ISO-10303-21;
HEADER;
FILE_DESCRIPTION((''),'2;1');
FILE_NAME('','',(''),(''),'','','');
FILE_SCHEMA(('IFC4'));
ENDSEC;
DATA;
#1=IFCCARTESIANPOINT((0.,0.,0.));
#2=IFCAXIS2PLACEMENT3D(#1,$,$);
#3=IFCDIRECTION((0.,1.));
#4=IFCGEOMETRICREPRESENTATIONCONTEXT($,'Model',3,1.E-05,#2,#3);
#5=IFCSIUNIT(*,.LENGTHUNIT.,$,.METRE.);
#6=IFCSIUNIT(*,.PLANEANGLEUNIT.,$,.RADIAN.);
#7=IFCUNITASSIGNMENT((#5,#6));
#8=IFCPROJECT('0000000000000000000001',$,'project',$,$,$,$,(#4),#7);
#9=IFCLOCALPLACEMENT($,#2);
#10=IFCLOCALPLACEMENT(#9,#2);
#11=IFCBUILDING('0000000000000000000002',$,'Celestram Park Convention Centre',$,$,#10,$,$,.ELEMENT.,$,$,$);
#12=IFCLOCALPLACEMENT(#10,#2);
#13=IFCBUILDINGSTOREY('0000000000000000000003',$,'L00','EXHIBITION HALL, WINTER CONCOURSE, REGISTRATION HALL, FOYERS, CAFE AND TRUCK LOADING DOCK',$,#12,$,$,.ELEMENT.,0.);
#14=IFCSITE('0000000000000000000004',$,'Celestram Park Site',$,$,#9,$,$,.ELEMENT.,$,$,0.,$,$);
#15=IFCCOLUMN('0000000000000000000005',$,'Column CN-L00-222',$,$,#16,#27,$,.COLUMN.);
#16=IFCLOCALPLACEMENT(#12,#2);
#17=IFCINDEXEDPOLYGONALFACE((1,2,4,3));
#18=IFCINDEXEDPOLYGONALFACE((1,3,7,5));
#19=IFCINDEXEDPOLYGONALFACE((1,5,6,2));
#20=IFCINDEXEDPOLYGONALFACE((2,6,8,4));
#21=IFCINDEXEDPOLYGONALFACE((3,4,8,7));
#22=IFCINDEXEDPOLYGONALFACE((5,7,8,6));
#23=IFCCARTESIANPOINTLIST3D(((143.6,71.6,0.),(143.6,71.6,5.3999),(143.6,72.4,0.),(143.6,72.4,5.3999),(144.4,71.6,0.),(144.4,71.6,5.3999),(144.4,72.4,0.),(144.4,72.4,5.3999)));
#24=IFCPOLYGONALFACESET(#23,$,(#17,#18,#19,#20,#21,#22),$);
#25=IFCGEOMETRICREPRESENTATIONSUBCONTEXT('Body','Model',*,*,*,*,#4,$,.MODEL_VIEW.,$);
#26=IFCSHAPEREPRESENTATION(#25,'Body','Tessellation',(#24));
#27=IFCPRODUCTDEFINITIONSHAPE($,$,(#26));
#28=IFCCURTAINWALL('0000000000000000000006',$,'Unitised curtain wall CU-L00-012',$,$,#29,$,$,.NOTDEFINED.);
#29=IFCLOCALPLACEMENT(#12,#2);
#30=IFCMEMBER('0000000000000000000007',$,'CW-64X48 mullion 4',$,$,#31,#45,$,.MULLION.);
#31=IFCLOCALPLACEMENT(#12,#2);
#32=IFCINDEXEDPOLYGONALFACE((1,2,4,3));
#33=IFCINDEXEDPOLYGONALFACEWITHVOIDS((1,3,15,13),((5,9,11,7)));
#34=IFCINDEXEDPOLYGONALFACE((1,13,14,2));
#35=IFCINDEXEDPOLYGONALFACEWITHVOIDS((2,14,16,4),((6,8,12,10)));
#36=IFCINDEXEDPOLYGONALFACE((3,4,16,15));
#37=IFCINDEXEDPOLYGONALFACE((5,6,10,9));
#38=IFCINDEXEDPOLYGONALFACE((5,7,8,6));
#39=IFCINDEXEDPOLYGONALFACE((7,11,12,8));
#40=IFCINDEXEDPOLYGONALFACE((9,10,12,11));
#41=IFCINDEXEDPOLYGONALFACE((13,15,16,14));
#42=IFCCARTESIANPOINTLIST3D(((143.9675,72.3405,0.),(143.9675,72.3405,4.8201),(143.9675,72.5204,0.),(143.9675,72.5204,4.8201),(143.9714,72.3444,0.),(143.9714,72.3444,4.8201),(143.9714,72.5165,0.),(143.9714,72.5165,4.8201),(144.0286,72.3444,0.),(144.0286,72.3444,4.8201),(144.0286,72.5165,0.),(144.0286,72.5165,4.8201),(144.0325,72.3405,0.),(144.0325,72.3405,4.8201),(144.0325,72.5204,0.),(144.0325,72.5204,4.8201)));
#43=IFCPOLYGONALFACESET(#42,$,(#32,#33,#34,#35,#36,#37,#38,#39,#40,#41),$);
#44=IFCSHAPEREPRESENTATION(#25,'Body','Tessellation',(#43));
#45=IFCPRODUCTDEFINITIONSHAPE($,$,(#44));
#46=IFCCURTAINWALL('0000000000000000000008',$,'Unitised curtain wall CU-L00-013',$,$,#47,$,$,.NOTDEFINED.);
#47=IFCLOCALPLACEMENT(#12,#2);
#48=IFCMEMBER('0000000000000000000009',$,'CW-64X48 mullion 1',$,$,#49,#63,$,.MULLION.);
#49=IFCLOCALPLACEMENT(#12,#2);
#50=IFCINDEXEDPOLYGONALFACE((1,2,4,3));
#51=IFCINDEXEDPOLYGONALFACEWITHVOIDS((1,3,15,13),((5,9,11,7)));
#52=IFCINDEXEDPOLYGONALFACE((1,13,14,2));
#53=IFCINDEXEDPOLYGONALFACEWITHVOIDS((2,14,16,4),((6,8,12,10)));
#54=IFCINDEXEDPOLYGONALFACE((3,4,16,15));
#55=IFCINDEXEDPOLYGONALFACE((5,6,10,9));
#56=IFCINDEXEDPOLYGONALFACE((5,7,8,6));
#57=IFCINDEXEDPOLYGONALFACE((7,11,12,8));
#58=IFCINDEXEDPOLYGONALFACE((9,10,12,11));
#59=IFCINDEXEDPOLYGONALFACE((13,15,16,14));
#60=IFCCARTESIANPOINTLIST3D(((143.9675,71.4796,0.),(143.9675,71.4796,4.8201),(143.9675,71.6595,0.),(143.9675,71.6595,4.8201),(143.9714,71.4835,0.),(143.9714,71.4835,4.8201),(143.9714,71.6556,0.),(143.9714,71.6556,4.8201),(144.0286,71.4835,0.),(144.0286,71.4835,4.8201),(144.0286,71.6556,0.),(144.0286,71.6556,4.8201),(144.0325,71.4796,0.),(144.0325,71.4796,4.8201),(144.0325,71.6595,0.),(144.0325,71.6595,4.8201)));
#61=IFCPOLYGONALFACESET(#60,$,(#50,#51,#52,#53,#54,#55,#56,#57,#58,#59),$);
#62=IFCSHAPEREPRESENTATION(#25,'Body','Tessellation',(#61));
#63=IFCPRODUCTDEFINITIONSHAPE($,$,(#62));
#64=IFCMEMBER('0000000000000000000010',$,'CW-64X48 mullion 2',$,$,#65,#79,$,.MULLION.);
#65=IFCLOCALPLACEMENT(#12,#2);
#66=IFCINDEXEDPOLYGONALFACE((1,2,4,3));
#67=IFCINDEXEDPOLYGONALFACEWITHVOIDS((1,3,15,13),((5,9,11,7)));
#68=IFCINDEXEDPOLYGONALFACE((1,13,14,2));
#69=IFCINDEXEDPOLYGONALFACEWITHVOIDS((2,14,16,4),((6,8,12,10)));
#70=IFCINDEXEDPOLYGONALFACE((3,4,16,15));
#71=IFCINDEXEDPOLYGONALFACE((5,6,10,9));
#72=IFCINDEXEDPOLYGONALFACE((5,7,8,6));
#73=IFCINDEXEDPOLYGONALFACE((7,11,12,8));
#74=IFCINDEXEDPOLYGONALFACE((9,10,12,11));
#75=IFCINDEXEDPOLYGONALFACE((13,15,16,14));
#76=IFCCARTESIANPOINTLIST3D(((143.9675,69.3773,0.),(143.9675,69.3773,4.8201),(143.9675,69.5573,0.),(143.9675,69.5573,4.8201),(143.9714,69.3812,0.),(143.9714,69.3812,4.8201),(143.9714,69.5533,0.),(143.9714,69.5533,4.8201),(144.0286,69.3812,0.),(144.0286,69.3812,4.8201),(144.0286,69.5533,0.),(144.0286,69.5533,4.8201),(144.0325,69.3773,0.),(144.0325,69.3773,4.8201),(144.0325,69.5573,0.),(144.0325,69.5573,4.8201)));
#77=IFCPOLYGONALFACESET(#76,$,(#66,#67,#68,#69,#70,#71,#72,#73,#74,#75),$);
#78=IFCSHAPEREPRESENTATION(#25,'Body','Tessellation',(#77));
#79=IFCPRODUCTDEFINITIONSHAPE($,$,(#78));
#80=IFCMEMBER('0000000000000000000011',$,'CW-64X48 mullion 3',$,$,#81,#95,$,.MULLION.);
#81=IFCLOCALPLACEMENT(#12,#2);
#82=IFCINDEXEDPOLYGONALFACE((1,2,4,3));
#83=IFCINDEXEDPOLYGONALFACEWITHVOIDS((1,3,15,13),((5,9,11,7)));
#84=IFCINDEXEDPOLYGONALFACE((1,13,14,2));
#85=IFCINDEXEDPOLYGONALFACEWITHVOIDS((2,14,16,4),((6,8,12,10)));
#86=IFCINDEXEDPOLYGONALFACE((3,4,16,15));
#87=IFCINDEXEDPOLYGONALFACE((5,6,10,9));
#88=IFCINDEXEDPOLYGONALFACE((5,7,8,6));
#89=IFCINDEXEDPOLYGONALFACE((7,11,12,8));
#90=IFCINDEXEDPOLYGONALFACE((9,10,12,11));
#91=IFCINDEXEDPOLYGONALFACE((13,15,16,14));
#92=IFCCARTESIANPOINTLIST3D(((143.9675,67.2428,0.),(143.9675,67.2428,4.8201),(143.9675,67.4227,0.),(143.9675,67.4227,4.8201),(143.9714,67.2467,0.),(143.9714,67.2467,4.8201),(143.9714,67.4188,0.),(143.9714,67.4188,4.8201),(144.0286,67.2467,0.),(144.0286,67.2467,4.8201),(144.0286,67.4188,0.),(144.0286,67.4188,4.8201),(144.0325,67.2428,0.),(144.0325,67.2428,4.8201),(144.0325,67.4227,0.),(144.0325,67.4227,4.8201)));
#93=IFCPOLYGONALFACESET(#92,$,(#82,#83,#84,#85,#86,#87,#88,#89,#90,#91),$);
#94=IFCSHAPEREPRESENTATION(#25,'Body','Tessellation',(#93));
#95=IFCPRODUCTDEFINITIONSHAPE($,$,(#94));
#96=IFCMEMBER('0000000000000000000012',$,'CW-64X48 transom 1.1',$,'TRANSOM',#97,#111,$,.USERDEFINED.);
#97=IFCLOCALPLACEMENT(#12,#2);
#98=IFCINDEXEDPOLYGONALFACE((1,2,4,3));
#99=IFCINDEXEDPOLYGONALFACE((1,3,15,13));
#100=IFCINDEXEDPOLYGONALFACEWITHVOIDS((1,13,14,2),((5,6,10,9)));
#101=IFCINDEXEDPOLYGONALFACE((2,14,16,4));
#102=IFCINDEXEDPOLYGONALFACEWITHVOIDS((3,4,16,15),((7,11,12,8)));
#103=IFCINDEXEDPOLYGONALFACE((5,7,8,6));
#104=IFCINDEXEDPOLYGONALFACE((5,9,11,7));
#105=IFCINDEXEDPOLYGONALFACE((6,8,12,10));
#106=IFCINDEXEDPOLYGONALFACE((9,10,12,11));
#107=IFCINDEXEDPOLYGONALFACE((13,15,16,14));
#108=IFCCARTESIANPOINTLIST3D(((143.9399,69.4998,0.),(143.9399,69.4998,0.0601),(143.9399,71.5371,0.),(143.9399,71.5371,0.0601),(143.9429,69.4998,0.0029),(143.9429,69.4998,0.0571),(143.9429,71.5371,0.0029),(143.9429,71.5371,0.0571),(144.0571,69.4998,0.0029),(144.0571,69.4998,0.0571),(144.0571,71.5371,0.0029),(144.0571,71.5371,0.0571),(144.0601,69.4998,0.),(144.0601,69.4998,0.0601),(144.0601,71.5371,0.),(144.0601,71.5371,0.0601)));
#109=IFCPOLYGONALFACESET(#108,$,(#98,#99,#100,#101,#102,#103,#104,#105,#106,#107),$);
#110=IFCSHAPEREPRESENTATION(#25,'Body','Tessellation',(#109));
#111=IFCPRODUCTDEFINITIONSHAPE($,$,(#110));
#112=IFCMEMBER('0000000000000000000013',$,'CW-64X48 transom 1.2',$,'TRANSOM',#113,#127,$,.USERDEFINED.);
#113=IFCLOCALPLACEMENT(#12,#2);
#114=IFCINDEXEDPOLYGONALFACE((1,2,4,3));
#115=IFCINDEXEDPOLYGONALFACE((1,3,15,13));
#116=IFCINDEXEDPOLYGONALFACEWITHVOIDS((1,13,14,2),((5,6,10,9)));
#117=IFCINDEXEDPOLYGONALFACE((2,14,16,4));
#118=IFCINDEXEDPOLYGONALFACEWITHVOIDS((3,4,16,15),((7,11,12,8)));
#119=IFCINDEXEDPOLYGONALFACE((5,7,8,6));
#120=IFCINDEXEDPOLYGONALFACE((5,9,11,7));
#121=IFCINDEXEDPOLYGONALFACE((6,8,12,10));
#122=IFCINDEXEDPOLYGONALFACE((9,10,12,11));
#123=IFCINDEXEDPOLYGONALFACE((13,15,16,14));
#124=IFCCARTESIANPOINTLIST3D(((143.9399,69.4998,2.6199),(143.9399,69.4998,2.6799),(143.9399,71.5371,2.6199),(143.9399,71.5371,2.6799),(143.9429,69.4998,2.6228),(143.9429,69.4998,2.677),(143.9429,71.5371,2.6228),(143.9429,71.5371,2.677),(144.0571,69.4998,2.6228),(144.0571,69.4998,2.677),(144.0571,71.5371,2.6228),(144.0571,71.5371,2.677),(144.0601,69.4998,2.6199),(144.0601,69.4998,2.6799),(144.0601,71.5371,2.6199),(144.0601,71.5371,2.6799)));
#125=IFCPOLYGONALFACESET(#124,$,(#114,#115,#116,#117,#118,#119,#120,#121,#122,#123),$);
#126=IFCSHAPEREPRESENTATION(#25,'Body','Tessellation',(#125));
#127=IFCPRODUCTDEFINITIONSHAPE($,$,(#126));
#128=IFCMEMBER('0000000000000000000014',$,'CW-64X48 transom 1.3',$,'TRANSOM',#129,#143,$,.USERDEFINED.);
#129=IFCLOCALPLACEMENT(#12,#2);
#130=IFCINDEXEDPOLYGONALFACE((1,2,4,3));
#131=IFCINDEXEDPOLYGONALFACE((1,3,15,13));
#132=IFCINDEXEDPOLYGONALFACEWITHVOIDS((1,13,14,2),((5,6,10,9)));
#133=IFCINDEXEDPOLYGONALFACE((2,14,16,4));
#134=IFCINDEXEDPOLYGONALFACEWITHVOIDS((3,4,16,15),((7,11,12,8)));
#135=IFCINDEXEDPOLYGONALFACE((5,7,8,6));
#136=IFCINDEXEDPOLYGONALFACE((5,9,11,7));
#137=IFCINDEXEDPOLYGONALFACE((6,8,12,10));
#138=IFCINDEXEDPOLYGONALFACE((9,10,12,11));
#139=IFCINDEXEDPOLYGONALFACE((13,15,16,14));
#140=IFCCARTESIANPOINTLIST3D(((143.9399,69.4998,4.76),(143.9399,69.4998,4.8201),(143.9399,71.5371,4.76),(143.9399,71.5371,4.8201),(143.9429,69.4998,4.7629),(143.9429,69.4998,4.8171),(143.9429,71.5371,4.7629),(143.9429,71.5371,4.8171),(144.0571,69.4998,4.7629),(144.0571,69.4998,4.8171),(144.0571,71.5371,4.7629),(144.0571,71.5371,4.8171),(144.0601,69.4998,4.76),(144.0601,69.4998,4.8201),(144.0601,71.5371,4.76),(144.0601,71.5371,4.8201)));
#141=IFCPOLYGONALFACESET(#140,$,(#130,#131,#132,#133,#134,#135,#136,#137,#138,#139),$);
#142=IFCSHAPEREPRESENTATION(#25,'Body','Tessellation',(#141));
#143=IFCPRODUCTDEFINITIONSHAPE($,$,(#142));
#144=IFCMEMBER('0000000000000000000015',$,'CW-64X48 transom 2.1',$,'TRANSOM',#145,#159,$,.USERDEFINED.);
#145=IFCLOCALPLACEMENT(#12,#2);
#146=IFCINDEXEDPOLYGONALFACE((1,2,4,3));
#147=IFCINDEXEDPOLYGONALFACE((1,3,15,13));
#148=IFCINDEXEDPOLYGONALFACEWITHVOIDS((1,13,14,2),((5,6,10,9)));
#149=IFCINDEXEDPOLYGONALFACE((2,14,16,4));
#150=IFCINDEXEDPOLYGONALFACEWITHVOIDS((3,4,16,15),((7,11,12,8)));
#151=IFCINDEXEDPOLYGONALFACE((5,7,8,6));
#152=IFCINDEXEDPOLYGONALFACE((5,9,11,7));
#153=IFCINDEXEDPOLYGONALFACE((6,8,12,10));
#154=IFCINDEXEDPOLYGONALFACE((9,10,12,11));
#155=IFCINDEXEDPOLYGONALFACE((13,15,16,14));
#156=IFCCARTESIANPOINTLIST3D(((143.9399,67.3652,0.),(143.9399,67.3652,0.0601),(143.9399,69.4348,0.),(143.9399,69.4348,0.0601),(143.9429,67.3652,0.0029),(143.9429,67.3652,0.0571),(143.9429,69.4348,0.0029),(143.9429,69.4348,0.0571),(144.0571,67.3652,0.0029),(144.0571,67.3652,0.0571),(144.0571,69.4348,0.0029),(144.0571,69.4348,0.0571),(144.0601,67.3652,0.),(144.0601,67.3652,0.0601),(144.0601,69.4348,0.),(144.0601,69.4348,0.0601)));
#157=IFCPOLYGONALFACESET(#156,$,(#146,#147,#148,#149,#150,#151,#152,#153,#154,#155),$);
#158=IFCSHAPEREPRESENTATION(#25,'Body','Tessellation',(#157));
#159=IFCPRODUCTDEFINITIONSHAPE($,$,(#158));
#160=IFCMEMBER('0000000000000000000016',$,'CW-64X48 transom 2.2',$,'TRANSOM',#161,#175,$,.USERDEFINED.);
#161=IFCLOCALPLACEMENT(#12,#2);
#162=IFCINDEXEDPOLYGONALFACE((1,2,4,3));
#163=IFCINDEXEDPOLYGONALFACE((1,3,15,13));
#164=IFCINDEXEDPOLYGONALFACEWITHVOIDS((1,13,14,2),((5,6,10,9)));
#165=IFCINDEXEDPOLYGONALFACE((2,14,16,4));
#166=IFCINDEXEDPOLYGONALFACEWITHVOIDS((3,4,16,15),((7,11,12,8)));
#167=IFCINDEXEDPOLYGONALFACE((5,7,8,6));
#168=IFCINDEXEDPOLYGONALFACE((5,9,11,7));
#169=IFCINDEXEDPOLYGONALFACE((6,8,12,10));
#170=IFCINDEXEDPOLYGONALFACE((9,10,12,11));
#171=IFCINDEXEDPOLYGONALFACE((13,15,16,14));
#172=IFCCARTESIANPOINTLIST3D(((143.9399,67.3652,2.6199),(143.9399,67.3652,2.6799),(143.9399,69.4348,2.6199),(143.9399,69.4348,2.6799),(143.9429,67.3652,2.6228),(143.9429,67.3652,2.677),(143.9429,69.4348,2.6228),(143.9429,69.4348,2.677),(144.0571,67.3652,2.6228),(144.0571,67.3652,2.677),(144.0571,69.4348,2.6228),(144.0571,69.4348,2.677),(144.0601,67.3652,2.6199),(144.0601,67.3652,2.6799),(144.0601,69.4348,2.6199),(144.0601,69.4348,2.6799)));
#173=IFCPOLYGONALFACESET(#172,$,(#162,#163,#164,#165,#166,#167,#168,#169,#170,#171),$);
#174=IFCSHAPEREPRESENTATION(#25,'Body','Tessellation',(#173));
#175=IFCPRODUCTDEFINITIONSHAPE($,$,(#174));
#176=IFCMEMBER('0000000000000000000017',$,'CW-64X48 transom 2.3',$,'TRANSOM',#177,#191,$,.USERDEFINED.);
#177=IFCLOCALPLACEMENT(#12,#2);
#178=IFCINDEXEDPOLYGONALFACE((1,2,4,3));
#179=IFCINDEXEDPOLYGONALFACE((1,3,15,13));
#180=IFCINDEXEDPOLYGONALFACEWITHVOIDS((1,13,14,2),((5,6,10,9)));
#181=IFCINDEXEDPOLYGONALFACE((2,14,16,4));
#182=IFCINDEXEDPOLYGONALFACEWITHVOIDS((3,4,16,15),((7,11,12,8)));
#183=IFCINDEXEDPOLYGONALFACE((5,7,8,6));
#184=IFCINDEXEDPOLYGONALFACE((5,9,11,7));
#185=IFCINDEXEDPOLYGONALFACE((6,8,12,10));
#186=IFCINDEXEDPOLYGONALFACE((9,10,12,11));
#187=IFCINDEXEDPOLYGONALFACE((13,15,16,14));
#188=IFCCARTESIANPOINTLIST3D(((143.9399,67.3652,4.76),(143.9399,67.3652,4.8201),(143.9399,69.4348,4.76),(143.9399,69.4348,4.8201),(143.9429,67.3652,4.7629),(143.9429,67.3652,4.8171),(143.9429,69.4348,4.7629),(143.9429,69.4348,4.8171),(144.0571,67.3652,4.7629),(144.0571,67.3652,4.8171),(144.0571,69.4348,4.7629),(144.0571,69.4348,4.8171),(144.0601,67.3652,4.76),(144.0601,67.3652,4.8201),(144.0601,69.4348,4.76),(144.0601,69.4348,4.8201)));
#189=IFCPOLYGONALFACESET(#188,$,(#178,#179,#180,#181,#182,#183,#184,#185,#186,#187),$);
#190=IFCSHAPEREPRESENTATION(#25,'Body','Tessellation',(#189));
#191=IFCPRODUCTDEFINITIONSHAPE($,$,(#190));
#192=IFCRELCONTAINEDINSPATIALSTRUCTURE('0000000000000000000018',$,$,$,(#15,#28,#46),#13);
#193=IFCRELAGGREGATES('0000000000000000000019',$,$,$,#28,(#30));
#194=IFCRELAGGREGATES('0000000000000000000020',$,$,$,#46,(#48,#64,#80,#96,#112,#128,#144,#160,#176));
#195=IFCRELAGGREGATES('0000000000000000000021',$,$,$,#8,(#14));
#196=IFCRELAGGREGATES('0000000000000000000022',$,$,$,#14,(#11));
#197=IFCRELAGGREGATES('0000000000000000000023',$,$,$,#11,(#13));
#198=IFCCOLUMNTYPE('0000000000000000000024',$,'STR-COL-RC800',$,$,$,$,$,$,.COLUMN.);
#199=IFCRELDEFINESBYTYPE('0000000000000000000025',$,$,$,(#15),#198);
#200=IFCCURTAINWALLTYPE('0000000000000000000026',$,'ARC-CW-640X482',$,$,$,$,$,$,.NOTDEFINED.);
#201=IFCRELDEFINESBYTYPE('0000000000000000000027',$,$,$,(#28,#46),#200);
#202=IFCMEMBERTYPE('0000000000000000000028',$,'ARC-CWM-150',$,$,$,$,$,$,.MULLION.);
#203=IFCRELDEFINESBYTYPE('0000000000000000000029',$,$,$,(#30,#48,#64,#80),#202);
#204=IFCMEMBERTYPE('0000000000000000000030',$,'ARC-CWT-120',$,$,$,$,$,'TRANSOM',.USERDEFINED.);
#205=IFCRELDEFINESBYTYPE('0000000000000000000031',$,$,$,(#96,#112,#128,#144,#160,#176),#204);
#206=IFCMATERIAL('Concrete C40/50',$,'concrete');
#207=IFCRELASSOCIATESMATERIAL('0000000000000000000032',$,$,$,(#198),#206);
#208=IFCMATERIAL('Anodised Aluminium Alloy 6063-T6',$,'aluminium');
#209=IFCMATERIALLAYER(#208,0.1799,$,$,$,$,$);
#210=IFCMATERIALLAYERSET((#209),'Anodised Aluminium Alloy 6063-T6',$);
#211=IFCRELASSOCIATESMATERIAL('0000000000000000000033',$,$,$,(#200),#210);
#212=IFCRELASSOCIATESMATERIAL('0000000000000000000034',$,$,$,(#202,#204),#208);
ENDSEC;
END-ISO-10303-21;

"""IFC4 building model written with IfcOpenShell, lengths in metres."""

from ifc_helpers import new_model, si_unit, direction, frame, origin, origin_2d, place, context, subcontext, project, spatial, rectangle, hollow_rectangle, extrude, material, layer, layer_set, material_profile, profile_set, type_object, element, aggregate, save


model = new_model("IFC4")

# Units and contexts
model_context = context("Model", 3, precision=1e-05, world=origin(), true_north=direction((0.0, 1.0)))
body_context = subcontext(model_context, "Body", "Model", "MODEL_VIEW")
ifc_project = project(units=[si_unit("LENGTHUNIT", "METRE"), si_unit("PLANEANGLEUNIT", "RADIAN")], contexts=[model_context])

# Site, building, storey
site_placement = place(None, origin())
site = spatial("IfcSite", under=ifc_project, at=site_placement, Name="Celestram Park Site", CompositionType="ELEMENT", RefElevation=0.0)
building_placement = place(site_placement, origin())
building = spatial("IfcBuilding", under=site, at=building_placement, Name="Celestram Park Convention Centre", CompositionType="ELEMENT")
storey_placement = place(building_placement, origin())
storey = spatial("IfcBuildingStorey", under=building, at=storey_placement, Name="L00", Description="EXHIBITION HALL, WINTER CONCOURSE, REGISTRATION HALL, FOYERS, CAFE AND TRUCK LOADING DOCK", CompositionType="ELEMENT", Elevation=0.0)

# Column
ifc_material_1 = material(Name="Concrete C40/50", Category="concrete")
ifc_material_profile_1 = material_profile(ifc_material_1, rectangle(XDim=0.8, YDim=0.8, at=origin_2d()), Name="RC800X800")
ifc_profile_set_1 = profile_set([ifc_material_profile_1], Name="Concrete C40/50")
column_type = type_object("IfcColumnType", Name="STR-COL-RC800", PredefinedType="COLUMN", material=ifc_profile_set_1)
column_placement = place(storey_placement, frame((144.0, 72.0, 0.0), z_axis=(0.0, 0.0, 1.0), x_axis=(1.0, 0.0, 0.0)))
element("IfcColumn", 1, at=column_placement, inside=storey, type_object=column_type, Name="Column CN-L00-222", PredefinedType="COLUMN", context=body_context, shape_type="SweptSolid", body=[
    extrude(rectangle(XDim=0.8, YDim=0.8, at=origin_2d()), origin(), (0.0, 0.0, 1.0), 5.3999),
])

# Curtain wall, member
ifc_material_2 = material(Name="Anodised Aluminium Alloy 6063-T6", Category="aluminium")
ifc_layer_1 = layer(ifc_material_2, 0.1799)
ifc_layer_set_1 = layer_set([ifc_layer_1], Name="Anodised Aluminium Alloy 6063-T6")
curtain_wall_type = type_object("IfcCurtainWallType", Name="ARC-CW-640X482", PredefinedType="NOTDEFINED", material=ifc_layer_set_1)
curtain_wall_1_placement = place(storey_placement, origin())
curtain_wall_1 = element("IfcCurtainWall", 2, at=curtain_wall_1_placement, inside=storey, type_object=curtain_wall_type, Name="Unitised curtain wall CU-L00-012", PredefinedType="NOTDEFINED")
ifc_material_profile_2 = material_profile(ifc_material_2, hollow_rectangle(XDim=0.0649, YDim=0.1799, WallThickness=0.0039, at=origin_2d()), Name="ALU65X180X4")
ifc_profile_set_2 = profile_set([ifc_material_profile_2], Name="Anodised Aluminium Alloy 6063-T6")
member_type_1 = type_object("IfcMemberType", Name="ARC-CWM-150", PredefinedType="MULLION", material=ifc_profile_set_2)
member_1_placement = place(storey_placement, frame((144.0, 72.4304, 0.0), z_axis=(0.0, 0.0, 1.0), x_axis=(1.0, 0.0, 0.0)))
member_1 = element("IfcMember", 3, at=member_1_placement, type_object=member_type_1, Name="CW-64X48 mullion 4", PredefinedType="MULLION", context=body_context, shape_type="SweptSolid", body=[
    extrude(hollow_rectangle(XDim=0.0649, YDim=0.1799, WallThickness=0.0039, at=origin_2d()), origin(), (0.0, 0.0, 1.0), 4.8201),
])
aggregate(curtain_wall_1, [member_1])

# Curtain wall, members
curtain_wall_2_placement = place(storey_placement, origin())
curtain_wall_2 = element("IfcCurtainWall", 4, at=curtain_wall_2_placement, inside=storey, type_object=curtain_wall_type, Name="Unitised curtain wall CU-L00-013", PredefinedType="NOTDEFINED")
member_2_placement = place(storey_placement, frame((144.0, 71.5696, 0.0), z_axis=(0.0, 0.0, 1.0), x_axis=(1.0, 0.0, 0.0)))
member_2 = element("IfcMember", 5, at=member_2_placement, type_object=member_type_1, Name="CW-64X48 mullion 1", PredefinedType="MULLION", context=body_context, shape_type="SweptSolid", body=[
    extrude(hollow_rectangle(XDim=0.0649, YDim=0.1799, WallThickness=0.0039, at=origin_2d()), origin(), (0.0, 0.0, 1.0), 4.8201),
])
member_3_placement = place(storey_placement, frame((144.0, 69.4673, 0.0), z_axis=(0.0, 0.0, 1.0), x_axis=(1.0, 0.0, 0.0)))
member_3 = element("IfcMember", 6, at=member_3_placement, type_object=member_type_1, Name="CW-64X48 mullion 2", PredefinedType="MULLION", context=body_context, shape_type="SweptSolid", body=[
    extrude(hollow_rectangle(XDim=0.0649, YDim=0.1799, WallThickness=0.0039, at=origin_2d()), origin(), (0.0, 0.0, 1.0), 4.8201),
])
member_4_placement = place(storey_placement, frame((144.0, 67.3328, 0.0), z_axis=(0.0, 0.0, 1.0), x_axis=(1.0, 0.0, 0.0)))
member_4 = element("IfcMember", 7, at=member_4_placement, type_object=member_type_1, Name="CW-64X48 mullion 3", PredefinedType="MULLION", context=body_context, shape_type="SweptSolid", body=[
    extrude(hollow_rectangle(XDim=0.0649, YDim=0.1799, WallThickness=0.0039, at=origin_2d()), origin(), (0.0, 0.0, 1.0), 4.8201),
])
ifc_material_profile_3 = material_profile(ifc_material_2, hollow_rectangle(XDim=0.1201, YDim=0.0601, WallThickness=0.0029, at=origin_2d()), Name="ALU120X60X3")
ifc_profile_set_3 = profile_set([ifc_material_profile_3], Name="Anodised Aluminium Alloy 6063-T6")
member_type_2 = type_object("IfcMemberType", Name="ARC-CWT-120", ElementType="TRANSOM", PredefinedType="USERDEFINED", material=ifc_profile_set_3)
member_5_placement = place(storey_placement, frame((144.0, 71.5371, 0.03), z_axis=(0.0, -1.0, 0.0), x_axis=(1.0, 0.0, 0.0)))
member_5 = element("IfcMember", 8, at=member_5_placement, type_object=member_type_2, Name="CW-64X48 transom 1.1", ObjectType="TRANSOM", PredefinedType="USERDEFINED", context=body_context, shape_type="SweptSolid", body=[
    extrude(hollow_rectangle(XDim=0.1201, YDim=0.0601, WallThickness=0.0029, at=origin_2d()), origin(), (0.0, 0.0, 1.0), 2.0374),
])
member_6_placement = place(storey_placement, frame((144.0, 71.5371, 2.6499), z_axis=(0.0, -1.0, 0.0), x_axis=(1.0, 0.0, 0.0)))
member_6 = element("IfcMember", 9, at=member_6_placement, type_object=member_type_2, Name="CW-64X48 transom 1.2", ObjectType="TRANSOM", PredefinedType="USERDEFINED", context=body_context, shape_type="SweptSolid", body=[
    extrude(hollow_rectangle(XDim=0.1201, YDim=0.0601, WallThickness=0.0029, at=origin_2d()), origin(), (0.0, 0.0, 1.0), 2.0374),
])
member_7_placement = place(storey_placement, frame((144.0, 71.5371, 4.79), z_axis=(0.0, -1.0, 0.0), x_axis=(1.0, 0.0, 0.0)))
member_7 = element("IfcMember", 10, at=member_7_placement, type_object=member_type_2, Name="CW-64X48 transom 1.3", ObjectType="TRANSOM", PredefinedType="USERDEFINED", context=body_context, shape_type="SweptSolid", body=[
    extrude(hollow_rectangle(XDim=0.1201, YDim=0.0601, WallThickness=0.0029, at=origin_2d()), origin(), (0.0, 0.0, 1.0), 2.0374),
])
member_8_placement = place(storey_placement, frame((144.0, 69.4348, 0.03), z_axis=(0.0, -1.0, 0.0), x_axis=(1.0, 0.0, 0.0)))
member_8 = element("IfcMember", 11, at=member_8_placement, type_object=member_type_2, Name="CW-64X48 transom 2.1", ObjectType="TRANSOM", PredefinedType="USERDEFINED", context=body_context, shape_type="SweptSolid", body=[
    extrude(hollow_rectangle(XDim=0.1201, YDim=0.0601, WallThickness=0.0029, at=origin_2d()), origin(), (0.0, 0.0, 1.0), 2.0696),
])
member_9_placement = place(storey_placement, frame((144.0, 69.4348, 2.6499), z_axis=(0.0, -1.0, 0.0), x_axis=(1.0, 0.0, 0.0)))
member_9 = element("IfcMember", 12, at=member_9_placement, type_object=member_type_2, Name="CW-64X48 transom 2.2", ObjectType="TRANSOM", PredefinedType="USERDEFINED", context=body_context, shape_type="SweptSolid", body=[
    extrude(hollow_rectangle(XDim=0.1201, YDim=0.0601, WallThickness=0.0029, at=origin_2d()), origin(), (0.0, 0.0, 1.0), 2.0696),
])
member_10_placement = place(storey_placement, frame((144.0, 69.4348, 4.79), z_axis=(0.0, -1.0, 0.0), x_axis=(1.0, 0.0, 0.0)))
member_10 = element("IfcMember", 13, at=member_10_placement, type_object=member_type_2, Name="CW-64X48 transom 2.3", ObjectType="TRANSOM", PredefinedType="USERDEFINED", context=body_context, shape_type="SweptSolid", body=[
    extrude(hollow_rectangle(XDim=0.1201, YDim=0.0601, WallThickness=0.0029, at=origin_2d()), origin(), (0.0, 0.0, 1.0), 2.0696),
])

aggregate(curtain_wall_2, [member_2, member_3, member_4, member_5, member_6, member_7, member_8, member_9, member_10])

save(model, "model.ifc")
